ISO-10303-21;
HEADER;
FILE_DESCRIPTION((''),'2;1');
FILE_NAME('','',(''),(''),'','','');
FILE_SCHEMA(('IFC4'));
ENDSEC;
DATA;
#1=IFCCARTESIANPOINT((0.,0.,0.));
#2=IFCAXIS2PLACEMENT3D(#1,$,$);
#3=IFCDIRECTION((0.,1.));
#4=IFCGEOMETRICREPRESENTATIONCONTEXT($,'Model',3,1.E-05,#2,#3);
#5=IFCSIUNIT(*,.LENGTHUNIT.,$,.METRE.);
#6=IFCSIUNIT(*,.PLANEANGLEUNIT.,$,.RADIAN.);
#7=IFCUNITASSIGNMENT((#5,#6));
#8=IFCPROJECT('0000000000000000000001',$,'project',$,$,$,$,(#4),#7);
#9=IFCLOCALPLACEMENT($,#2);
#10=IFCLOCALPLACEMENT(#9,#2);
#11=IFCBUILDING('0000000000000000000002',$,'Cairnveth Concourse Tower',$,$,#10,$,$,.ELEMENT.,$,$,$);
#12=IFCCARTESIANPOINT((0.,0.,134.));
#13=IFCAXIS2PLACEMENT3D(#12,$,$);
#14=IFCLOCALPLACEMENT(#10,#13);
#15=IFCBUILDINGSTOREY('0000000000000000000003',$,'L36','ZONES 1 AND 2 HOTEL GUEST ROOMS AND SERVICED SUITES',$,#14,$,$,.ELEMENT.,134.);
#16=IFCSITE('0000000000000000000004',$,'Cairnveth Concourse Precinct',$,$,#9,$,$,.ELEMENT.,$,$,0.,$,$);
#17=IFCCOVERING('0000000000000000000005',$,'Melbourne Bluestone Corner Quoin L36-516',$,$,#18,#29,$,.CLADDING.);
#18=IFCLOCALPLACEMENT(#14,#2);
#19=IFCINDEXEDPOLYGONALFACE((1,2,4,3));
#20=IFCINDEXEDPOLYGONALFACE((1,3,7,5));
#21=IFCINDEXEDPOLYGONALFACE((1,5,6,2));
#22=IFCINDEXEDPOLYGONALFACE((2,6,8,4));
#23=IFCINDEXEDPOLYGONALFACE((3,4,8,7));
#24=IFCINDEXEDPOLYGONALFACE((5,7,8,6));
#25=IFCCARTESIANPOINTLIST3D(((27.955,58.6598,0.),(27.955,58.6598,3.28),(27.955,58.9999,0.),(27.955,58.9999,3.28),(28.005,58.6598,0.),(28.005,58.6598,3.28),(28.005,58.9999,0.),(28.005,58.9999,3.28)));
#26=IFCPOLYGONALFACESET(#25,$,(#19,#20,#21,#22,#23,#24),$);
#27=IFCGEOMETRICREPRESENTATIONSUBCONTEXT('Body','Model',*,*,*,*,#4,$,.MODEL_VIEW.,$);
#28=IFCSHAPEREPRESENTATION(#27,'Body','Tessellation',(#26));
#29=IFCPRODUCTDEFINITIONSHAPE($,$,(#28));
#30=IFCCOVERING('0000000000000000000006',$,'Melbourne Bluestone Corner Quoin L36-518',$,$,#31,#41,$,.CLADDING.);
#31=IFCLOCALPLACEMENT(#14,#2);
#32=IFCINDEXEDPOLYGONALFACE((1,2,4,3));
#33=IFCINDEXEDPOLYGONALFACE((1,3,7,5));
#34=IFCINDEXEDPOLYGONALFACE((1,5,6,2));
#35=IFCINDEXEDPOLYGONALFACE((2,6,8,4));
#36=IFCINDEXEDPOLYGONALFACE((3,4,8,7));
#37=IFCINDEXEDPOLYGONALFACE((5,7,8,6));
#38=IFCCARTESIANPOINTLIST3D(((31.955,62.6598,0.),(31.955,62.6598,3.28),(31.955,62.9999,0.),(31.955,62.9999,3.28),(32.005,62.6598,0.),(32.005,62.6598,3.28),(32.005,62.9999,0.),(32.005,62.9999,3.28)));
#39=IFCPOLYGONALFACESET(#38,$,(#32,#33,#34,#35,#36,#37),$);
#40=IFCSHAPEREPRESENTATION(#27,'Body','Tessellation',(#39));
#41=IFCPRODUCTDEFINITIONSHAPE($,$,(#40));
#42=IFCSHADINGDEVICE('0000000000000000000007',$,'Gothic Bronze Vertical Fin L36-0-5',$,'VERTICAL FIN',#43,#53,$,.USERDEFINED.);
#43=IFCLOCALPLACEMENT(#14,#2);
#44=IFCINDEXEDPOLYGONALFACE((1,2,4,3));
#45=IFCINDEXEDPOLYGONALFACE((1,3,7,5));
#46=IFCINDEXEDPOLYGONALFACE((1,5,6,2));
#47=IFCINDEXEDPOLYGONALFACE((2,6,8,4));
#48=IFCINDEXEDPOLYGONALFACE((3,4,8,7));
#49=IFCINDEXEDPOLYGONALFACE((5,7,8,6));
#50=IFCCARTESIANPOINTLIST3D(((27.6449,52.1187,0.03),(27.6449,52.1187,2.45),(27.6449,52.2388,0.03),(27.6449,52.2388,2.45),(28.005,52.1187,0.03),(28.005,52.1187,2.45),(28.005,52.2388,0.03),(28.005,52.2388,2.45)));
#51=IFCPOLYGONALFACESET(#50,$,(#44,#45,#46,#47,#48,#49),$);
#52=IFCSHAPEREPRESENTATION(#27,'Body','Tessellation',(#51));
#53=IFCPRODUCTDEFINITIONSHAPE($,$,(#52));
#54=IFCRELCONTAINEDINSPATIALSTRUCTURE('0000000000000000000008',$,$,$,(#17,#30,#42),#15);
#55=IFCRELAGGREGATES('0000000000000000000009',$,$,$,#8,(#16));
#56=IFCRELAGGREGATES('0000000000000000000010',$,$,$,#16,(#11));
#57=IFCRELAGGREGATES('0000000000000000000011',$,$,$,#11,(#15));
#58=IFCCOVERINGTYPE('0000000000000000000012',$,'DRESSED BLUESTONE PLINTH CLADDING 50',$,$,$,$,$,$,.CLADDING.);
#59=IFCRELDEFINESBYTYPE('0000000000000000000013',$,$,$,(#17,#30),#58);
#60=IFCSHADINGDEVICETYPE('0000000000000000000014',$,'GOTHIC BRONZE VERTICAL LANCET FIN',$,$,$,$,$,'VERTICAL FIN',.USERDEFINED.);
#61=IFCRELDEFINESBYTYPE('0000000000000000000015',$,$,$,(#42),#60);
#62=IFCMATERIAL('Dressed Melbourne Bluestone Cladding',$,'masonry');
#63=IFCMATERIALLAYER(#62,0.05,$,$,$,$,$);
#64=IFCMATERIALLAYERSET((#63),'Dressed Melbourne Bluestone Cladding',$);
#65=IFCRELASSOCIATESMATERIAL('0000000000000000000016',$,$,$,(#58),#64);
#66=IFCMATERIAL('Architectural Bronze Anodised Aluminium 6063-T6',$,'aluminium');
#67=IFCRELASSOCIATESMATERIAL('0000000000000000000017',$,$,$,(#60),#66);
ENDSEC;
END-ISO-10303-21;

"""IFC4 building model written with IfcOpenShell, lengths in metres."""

from ifc_helpers import new_model, si_unit, direction, frame, frame_2d, origin, origin_2d, place, context, subcontext, project, spatial, rectangle, extrude, material, layer, layer_set, type_object, element, save


model = new_model("IFC4")

# Units and contexts
model_context = context("Model", 3, precision=1e-05, world=origin(), true_north=direction((0.0, 1.0)))
body_context = subcontext(model_context, "Body", "Model", "MODEL_VIEW")
ifc_project = project(units=[si_unit("LENGTHUNIT", "METRE"), si_unit("PLANEANGLEUNIT", "RADIAN")], contexts=[model_context])

# Site, building, storey
site_placement = place(None, origin())
site = spatial("IfcSite", under=ifc_project, at=site_placement, Name="Cairnveth Concourse Precinct", CompositionType="ELEMENT", RefElevation=0.0)
building_placement = place(site_placement, origin())
building = spatial("IfcBuilding", under=site, at=building_placement, Name="Cairnveth Concourse Tower", CompositionType="ELEMENT")
storey_placement = place(building_placement, frame((0.0, 0.0, 134.0)))
storey = spatial("IfcBuildingStorey", under=building, at=storey_placement, Name="L36", Description="ZONES 1 AND 2 HOTEL GUEST ROOMS AND SERVICED SUITES", CompositionType="ELEMENT", Elevation=134.0)

# Coverings
ifc_material_1 = material(Name="Dressed Melbourne Bluestone Cladding", Category="masonry")
ifc_layer_1 = layer(ifc_material_1, 0.05)
ifc_layer_set_1 = layer_set([ifc_layer_1], Name="Dressed Melbourne Bluestone Cladding")
covering_type = type_object("IfcCoveringType", Name="DRESSED BLUESTONE PLINTH CLADDING 50", PredefinedType="CLADDING", material=ifc_layer_set_1)
for number, where, z_axis, x_axis, name in (
    (1, (27.98, 58.6599, 0.0), (0.0, 0.0, 1.0), (0.0, 1.0, 0.0), "Melbourne Bluestone Corner Quoin L36-516"),
    (2, (31.98, 62.6599, 0.0), (0.0, 0.0, 1.0), (0.0, 1.0, 0.0), "Melbourne Bluestone Corner Quoin L36-518"),
):
    element("IfcCovering", number, at=place(storey_placement, frame(where, z_axis=z_axis, x_axis=x_axis)), inside=storey, type_object=covering_type, Name=name, PredefinedType="CLADDING", context=body_context, shape_type="SweptSolid", body=[
        extrude(rectangle(XDim=0.3401, YDim=0.05, at=frame_2d((0.1699, 0.0))), origin(), (0.0, 0.0, 1.0), 3.28),
    ])

# Shading device
ifc_material_2 = material(Name="Architectural Bronze Anodised Aluminium 6063-T6", Category="aluminium")
shading_device_type = type_object("IfcShadingDeviceType", Name="GOTHIC BRONZE VERTICAL LANCET FIN", ElementType="VERTICAL FIN", PredefinedType="USERDEFINED", material=ifc_material_2)
shading_device_placement = place(storey_placement, frame((27.825, 52.1787, 0.03), z_axis=(0.0, 0.0, 1.0), x_axis=(0.0, 1.0, 0.0)))
element("IfcShadingDevice", 3, at=shading_device_placement, inside=storey, type_object=shading_device_type, Name="Gothic Bronze Vertical Fin L36-0-5", ObjectType="VERTICAL FIN", PredefinedType="USERDEFINED", context=body_context, shape_type="SweptSolid", body=[
    extrude(rectangle(XDim=0.1201, YDim=0.3601, at=origin_2d()), origin(), (0.0, 0.0, 1.0), 2.4199),
])

save(model, "model.ifc")
